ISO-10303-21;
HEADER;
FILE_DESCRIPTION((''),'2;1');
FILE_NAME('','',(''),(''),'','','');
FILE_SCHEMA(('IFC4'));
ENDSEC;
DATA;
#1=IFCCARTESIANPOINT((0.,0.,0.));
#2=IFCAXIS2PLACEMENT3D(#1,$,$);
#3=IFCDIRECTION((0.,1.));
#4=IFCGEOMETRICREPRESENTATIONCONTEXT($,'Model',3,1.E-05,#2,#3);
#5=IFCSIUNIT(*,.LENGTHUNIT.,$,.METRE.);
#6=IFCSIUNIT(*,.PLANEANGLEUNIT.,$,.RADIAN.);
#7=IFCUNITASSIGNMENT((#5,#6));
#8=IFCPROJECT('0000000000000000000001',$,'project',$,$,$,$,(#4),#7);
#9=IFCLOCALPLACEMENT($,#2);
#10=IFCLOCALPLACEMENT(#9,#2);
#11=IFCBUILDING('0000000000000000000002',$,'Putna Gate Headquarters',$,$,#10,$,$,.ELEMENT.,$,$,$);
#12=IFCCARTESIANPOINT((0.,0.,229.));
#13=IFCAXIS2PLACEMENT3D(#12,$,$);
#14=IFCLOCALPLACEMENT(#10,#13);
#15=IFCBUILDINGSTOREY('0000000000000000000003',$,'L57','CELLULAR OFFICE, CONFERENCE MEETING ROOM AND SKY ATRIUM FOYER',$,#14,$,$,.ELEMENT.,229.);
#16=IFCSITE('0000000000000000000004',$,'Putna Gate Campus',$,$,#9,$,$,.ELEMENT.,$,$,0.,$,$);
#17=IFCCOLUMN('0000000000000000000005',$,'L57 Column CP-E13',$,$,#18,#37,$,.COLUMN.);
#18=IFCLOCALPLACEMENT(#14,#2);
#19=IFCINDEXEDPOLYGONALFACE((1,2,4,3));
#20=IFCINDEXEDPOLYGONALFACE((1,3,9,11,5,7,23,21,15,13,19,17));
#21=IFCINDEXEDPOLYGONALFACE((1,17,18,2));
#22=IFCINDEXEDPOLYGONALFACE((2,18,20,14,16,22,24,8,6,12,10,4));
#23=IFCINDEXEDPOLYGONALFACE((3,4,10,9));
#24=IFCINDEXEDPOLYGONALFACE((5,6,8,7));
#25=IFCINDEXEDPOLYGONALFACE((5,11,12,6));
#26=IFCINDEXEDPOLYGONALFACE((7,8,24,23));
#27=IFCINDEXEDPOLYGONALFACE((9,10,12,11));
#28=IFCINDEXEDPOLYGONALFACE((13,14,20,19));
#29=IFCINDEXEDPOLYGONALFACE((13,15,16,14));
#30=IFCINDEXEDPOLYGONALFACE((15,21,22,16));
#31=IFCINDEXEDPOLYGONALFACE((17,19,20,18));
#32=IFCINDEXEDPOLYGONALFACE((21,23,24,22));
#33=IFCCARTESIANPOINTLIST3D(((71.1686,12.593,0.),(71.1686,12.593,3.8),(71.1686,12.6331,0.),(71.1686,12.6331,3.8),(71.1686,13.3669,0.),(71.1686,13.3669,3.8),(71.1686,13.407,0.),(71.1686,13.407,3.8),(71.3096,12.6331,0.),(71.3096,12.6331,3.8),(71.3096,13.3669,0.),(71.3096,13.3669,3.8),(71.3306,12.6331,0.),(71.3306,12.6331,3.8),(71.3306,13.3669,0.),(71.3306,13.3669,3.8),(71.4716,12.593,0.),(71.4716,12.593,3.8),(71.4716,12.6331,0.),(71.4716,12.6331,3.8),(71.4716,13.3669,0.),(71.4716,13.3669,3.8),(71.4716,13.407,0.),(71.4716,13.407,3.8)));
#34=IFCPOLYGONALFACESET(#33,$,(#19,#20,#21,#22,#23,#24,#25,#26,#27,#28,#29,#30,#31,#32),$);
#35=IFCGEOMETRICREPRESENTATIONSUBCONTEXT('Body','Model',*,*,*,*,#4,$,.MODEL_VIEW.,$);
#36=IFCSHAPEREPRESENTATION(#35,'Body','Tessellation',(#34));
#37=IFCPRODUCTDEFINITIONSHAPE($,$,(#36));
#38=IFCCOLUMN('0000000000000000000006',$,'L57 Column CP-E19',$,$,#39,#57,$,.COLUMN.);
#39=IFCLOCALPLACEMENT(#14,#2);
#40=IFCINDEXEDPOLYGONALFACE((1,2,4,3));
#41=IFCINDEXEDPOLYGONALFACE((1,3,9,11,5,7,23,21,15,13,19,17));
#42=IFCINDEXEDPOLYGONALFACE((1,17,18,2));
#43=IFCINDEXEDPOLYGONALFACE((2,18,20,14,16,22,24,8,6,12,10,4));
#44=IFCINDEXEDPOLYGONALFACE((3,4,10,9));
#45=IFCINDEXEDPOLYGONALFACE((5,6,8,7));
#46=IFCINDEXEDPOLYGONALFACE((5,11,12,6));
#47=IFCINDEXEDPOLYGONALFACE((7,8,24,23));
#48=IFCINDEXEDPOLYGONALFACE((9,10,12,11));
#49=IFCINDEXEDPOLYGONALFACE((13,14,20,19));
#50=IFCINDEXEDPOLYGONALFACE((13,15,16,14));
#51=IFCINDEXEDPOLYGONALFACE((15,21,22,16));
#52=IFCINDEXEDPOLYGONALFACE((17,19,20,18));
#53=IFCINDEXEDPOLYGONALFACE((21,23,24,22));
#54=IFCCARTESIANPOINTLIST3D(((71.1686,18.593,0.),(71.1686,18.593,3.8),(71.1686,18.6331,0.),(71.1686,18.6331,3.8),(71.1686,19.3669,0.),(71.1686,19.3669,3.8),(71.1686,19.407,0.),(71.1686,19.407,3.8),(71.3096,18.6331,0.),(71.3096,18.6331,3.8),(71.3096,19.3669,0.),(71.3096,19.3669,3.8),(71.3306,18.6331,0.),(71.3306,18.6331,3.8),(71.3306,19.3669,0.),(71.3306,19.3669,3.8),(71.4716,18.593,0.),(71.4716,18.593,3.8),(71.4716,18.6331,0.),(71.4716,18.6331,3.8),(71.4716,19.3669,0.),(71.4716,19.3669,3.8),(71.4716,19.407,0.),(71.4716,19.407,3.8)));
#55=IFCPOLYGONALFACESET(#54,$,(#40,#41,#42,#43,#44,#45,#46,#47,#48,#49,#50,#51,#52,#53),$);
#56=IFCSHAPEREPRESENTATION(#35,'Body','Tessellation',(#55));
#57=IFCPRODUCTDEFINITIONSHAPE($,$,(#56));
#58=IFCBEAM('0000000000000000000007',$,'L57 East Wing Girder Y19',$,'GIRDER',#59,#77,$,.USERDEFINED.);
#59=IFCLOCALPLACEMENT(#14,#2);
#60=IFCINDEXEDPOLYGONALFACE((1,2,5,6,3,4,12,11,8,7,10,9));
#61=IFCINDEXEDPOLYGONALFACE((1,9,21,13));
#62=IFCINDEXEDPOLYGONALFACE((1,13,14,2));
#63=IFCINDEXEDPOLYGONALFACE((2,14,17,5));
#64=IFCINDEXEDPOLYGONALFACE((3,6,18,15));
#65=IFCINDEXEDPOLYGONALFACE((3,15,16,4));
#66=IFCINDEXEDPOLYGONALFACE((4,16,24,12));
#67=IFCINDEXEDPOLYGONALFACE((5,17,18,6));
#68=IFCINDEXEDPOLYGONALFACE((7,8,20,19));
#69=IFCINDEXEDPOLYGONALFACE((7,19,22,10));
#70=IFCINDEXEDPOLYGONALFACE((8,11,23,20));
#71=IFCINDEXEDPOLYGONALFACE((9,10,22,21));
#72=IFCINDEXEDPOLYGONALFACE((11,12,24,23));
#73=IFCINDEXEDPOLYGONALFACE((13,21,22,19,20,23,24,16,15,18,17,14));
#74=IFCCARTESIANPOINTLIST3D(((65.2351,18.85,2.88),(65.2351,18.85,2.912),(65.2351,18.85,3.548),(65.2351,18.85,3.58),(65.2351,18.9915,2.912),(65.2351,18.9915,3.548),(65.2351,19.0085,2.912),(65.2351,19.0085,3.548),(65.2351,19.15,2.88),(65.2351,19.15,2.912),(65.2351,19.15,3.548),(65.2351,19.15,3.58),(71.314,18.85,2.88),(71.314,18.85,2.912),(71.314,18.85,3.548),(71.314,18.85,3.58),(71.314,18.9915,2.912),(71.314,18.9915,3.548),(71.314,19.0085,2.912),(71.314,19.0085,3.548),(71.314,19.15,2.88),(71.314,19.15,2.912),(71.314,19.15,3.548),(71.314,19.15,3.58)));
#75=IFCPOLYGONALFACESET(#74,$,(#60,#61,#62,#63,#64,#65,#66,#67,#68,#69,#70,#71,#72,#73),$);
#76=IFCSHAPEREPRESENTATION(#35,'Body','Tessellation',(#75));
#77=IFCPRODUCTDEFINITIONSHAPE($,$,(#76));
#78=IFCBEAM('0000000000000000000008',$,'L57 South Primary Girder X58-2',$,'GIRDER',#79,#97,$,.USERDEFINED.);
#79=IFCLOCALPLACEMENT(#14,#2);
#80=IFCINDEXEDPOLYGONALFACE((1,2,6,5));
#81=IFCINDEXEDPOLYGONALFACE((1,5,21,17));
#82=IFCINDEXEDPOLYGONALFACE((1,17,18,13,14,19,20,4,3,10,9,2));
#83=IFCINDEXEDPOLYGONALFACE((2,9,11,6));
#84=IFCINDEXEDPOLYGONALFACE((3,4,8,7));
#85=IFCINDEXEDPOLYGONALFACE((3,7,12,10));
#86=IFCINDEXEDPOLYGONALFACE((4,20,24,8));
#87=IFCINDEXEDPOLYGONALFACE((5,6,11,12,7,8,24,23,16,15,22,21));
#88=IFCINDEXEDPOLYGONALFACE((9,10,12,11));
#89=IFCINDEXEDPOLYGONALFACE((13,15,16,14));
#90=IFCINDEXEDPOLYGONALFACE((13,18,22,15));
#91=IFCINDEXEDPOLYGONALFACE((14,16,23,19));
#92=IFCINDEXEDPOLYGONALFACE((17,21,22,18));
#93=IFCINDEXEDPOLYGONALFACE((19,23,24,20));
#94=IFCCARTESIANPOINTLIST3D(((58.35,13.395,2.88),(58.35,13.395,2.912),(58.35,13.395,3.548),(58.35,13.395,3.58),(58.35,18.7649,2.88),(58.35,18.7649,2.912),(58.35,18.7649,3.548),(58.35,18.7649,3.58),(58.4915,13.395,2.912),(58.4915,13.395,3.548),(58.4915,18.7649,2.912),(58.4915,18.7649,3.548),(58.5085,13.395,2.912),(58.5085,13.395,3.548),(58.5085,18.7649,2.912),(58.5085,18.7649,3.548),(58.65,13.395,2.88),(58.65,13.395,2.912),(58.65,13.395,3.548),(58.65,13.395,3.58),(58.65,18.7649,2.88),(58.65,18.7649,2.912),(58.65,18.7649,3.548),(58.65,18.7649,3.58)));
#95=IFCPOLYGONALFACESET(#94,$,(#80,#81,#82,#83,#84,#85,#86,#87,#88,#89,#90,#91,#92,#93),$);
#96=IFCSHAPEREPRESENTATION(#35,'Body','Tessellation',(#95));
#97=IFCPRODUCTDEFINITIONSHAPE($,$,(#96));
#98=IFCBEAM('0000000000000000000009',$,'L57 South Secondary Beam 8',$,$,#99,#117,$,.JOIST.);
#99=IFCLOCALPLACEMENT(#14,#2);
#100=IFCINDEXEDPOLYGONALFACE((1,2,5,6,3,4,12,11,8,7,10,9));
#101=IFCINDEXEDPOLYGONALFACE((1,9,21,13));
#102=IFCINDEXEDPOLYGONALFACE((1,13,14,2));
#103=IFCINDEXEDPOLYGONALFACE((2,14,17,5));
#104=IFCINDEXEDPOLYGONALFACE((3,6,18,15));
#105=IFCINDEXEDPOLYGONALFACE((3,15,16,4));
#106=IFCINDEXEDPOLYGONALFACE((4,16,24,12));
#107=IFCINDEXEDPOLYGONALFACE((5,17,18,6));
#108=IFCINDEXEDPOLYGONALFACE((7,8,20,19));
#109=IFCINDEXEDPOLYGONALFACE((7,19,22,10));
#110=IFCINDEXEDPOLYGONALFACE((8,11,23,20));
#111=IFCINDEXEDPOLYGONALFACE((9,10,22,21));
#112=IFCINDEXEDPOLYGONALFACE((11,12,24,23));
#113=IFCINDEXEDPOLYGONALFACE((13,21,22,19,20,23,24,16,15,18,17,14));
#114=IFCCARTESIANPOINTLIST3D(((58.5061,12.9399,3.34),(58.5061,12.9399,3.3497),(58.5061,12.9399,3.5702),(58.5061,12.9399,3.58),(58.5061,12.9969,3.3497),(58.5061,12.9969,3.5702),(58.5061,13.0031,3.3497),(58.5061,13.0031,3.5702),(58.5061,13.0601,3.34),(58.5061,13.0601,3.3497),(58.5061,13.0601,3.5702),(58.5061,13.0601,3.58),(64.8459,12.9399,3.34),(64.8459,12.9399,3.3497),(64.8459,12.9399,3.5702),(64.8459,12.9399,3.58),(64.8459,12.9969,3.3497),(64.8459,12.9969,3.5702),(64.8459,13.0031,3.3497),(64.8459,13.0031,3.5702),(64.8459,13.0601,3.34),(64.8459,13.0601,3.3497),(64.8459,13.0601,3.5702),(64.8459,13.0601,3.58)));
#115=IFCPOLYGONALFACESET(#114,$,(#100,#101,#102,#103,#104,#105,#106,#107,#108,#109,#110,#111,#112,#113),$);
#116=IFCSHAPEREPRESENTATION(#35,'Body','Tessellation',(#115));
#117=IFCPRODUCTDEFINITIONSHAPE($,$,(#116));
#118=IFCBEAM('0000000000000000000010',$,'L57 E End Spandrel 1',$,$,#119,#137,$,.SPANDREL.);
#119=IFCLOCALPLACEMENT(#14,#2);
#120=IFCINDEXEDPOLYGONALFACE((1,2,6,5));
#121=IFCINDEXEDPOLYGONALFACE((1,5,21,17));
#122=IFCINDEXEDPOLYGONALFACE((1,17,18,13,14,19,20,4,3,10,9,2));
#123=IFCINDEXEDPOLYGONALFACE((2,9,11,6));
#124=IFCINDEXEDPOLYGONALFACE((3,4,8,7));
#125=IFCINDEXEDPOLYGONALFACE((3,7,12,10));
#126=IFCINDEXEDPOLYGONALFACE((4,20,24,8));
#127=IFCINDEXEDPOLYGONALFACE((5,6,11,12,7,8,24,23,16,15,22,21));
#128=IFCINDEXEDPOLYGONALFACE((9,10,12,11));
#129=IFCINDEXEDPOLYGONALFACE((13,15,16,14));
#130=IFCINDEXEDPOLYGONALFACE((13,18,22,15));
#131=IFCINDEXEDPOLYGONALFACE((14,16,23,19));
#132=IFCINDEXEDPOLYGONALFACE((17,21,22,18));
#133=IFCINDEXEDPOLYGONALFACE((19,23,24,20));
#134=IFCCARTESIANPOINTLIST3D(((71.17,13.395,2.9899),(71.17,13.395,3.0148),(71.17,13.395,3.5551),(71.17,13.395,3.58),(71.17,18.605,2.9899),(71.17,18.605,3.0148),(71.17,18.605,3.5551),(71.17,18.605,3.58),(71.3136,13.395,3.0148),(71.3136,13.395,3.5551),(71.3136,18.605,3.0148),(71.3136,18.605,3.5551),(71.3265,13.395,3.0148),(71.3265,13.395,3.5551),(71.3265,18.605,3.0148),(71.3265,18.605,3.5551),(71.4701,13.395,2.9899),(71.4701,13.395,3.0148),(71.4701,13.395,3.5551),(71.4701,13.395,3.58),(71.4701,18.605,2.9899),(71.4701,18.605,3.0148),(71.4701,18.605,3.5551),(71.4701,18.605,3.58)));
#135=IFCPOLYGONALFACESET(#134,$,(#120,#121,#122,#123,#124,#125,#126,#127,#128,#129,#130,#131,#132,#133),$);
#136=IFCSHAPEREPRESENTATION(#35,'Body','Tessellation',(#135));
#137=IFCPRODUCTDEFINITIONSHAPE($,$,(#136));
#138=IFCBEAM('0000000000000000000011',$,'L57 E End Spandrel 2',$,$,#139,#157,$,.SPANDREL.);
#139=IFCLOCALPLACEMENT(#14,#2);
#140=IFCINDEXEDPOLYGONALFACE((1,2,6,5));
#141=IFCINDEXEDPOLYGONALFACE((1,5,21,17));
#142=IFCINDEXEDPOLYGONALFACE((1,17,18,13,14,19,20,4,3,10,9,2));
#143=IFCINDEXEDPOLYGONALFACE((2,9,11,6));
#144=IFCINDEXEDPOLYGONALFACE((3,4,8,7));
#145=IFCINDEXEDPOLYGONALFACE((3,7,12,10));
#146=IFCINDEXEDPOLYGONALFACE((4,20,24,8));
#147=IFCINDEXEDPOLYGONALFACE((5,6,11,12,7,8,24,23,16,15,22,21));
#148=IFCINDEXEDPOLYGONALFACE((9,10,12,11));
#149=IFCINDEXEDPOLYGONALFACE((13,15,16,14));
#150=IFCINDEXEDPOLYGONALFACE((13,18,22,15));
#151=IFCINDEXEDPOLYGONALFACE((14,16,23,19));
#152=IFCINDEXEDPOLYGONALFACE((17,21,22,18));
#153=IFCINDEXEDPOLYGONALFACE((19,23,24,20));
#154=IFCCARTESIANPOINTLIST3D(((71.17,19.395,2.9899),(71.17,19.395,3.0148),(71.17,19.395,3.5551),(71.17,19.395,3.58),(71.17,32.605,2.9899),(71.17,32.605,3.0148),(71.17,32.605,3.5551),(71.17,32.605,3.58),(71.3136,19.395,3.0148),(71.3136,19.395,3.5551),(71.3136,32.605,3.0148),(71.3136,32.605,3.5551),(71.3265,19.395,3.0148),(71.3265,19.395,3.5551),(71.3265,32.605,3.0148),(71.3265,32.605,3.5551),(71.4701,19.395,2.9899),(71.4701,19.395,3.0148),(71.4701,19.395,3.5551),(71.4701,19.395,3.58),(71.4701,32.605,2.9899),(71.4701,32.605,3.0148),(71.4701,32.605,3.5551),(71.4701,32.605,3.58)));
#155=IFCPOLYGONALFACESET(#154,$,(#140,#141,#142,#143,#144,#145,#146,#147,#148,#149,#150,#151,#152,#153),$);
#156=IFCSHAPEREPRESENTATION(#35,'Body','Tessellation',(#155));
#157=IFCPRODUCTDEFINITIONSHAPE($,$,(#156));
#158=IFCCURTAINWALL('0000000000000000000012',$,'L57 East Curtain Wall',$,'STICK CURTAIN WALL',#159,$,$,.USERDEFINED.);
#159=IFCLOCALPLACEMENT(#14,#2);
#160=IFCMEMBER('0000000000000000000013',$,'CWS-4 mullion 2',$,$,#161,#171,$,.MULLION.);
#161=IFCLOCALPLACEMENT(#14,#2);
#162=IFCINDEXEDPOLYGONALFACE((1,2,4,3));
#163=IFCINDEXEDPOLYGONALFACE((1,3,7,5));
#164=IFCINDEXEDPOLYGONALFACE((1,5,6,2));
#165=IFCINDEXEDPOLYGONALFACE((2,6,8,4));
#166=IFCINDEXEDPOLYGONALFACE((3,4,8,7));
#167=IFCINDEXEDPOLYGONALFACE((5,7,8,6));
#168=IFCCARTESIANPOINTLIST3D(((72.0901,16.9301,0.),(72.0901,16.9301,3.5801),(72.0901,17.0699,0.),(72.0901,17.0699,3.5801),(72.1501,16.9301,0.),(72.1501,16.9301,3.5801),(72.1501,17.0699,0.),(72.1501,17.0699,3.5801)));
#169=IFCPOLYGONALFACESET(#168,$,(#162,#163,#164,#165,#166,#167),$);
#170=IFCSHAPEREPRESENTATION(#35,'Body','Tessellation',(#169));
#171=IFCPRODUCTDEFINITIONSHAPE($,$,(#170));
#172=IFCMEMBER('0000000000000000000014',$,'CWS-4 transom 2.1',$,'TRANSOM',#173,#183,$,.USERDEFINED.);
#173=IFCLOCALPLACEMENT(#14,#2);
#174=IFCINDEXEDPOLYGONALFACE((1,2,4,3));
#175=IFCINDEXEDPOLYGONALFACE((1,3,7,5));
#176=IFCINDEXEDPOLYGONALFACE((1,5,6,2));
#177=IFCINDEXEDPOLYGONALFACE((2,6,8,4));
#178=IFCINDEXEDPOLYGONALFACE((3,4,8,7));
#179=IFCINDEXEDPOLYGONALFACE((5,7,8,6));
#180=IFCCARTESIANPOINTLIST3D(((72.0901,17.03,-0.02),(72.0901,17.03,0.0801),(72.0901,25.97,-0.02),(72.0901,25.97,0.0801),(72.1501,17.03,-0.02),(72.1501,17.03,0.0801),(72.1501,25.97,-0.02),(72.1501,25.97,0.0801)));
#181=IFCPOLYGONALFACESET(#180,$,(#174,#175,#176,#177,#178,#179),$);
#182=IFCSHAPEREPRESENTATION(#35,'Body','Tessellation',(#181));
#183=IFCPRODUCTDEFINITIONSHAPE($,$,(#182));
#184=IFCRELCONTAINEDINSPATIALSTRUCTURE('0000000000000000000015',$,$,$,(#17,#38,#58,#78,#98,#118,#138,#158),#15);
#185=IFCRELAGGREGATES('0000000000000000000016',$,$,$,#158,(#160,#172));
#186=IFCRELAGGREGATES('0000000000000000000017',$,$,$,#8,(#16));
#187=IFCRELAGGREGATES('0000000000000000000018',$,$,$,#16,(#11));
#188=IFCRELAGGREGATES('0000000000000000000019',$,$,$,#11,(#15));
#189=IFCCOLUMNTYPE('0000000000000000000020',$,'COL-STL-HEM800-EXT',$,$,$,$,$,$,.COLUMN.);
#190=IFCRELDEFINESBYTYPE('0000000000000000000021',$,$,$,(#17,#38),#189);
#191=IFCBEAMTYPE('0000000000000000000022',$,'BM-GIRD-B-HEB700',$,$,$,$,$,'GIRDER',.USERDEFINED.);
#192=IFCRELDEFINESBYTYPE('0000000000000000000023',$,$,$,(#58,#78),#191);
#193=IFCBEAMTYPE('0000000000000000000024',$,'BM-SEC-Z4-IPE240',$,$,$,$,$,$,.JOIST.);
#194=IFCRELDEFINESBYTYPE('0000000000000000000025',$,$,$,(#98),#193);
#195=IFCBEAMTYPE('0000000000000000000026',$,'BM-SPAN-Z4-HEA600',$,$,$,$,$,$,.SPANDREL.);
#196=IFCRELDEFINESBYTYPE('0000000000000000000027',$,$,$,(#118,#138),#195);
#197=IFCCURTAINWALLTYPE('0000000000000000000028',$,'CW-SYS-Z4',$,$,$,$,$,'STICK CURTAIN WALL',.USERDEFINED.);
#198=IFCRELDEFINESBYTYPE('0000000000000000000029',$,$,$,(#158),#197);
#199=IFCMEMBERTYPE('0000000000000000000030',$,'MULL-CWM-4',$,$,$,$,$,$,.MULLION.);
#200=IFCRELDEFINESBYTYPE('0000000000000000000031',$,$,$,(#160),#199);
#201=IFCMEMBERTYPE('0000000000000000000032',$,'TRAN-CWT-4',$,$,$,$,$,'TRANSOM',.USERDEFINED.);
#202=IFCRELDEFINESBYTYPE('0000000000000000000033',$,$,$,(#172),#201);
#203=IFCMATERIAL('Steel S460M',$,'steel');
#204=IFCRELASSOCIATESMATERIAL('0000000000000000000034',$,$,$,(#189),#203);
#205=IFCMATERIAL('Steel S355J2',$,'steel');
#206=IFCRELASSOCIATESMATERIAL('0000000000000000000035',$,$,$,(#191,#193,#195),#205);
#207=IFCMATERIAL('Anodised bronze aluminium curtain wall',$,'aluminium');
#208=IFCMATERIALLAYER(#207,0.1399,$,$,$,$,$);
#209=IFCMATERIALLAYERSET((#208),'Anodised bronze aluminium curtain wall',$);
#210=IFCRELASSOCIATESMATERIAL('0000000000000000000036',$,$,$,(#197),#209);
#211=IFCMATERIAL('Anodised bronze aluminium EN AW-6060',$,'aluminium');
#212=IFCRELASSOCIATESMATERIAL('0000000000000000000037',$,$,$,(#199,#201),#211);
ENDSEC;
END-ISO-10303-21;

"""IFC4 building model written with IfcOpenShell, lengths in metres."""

from ifc_helpers import new_model, si_unit, direction, frame, origin, origin_2d, place, context, subcontext, project, spatial, rectangle, i_section, extrude, material, layer, layer_set, material_profile, profile_set, type_object, element, aggregate, save


model = new_model("IFC4")

# Units and contexts
model_context = context("Model", 3, precision=1e-05, world=origin(), true_north=direction((0.0, 1.0)))
body_context = subcontext(model_context, "Body", "Model", "MODEL_VIEW")
ifc_project = project(units=[si_unit("LENGTHUNIT", "METRE"), si_unit("PLANEANGLEUNIT", "RADIAN")], contexts=[model_context])

# Site, building, storey
site_placement = place(None, origin())
site = spatial("IfcSite", under=ifc_project, at=site_placement, Name="Putna Gate Campus", CompositionType="ELEMENT", RefElevation=0.0)
building_placement = place(site_placement, origin())
building = spatial("IfcBuilding", under=site, at=building_placement, Name="Putna Gate Headquarters", CompositionType="ELEMENT")
storey_placement = place(building_placement, frame((0.0, 0.0, 229.0)))
storey = spatial("IfcBuildingStorey", under=building, at=storey_placement, Name="L57", Description="CELLULAR OFFICE, CONFERENCE MEETING ROOM AND SKY ATRIUM FOYER", CompositionType="ELEMENT", Elevation=229.0)

# Columns
ifc_material_1 = material(Name="Steel S460M", Category="steel")
ifc_material_profile_1 = material_profile(ifc_material_1, i_section(OverallWidth=0.303, OverallDepth=0.814, WebThickness=0.021, FlangeThickness=0.04, at=origin_2d()), Name="Steel S460M")
ifc_profile_set_1 = profile_set([ifc_material_profile_1], Name="Steel S460M")
column_type = type_object("IfcColumnType", Name="COL-STL-HEM800-EXT", PredefinedType="COLUMN", material=ifc_profile_set_1)
for number, where, z_axis, x_axis, name in (
    (1, (71.3201, 13.0, 0.0), (0.0, 0.0, 1.0), (1.0, 0.0, 0.0), "L57 Column CP-E13"),
    (2, (71.3201, 19.0, 0.0), (0.0, 0.0, 1.0), (1.0, 0.0, 0.0), "L57 Column CP-E19"),
):
    element("IfcColumn", number, at=place(storey_placement, frame(where, z_axis=z_axis, x_axis=x_axis)), inside=storey, type_object=column_type, Name=name, PredefinedType="COLUMN", context=body_context, shape_type="SweptSolid", body=[
        extrude(i_section(OverallWidth=0.303, OverallDepth=0.814, WebThickness=0.021, FlangeThickness=0.04, at=origin_2d()), origin(), (0.0, 0.0, 1.0), 3.8),
    ])

# Beams
ifc_material_2 = material(Name="Steel S355J2", Category="steel")
ifc_material_profile_2 = material_profile(ifc_material_2, i_section(OverallWidth=0.3, OverallDepth=0.7, WebThickness=0.0171, FlangeThickness=0.032, at=origin_2d()), Name="Steel S355J2")
ifc_profile_set_2 = profile_set([ifc_material_profile_2], Name="Steel S355J2")
beam_type_1 = type_object("IfcBeamType", Name="BM-GIRD-B-HEB700", ElementType="GIRDER", PredefinedType="USERDEFINED", material=ifc_profile_set_2)
beam_1_placement = place(storey_placement, frame((65.2351, 19.0, 3.23), z_axis=(1.0, 0.0, 0.0), x_axis=(0.0, 1.0, 0.0)))
element("IfcBeam", 3, at=beam_1_placement, inside=storey, type_object=beam_type_1, Name="L57 East Wing Girder Y19", ObjectType="GIRDER", PredefinedType="USERDEFINED", context=body_context, shape_type="SweptSolid", body=[
    extrude(i_section(OverallWidth=0.3, OverallDepth=0.7, WebThickness=0.0171, FlangeThickness=0.032, at=origin_2d()), origin(), (0.0, 0.0, 1.0), 6.0789),
])
beam_2_placement = place(storey_placement, frame((58.5, 13.395, 3.23), z_axis=(0.0, 1.0, 0.0), x_axis=(-1.0, 0.0, 0.0)))
element("IfcBeam", 4, at=beam_2_placement, inside=storey, type_object=beam_type_1, Name="L57 South Primary Girder X58-2", ObjectType="GIRDER", PredefinedType="USERDEFINED", context=body_context, shape_type="SweptSolid", body=[
    extrude(i_section(OverallWidth=0.3, OverallDepth=0.7, WebThickness=0.0171, FlangeThickness=0.032, at=origin_2d()), origin(), (0.0, 0.0, 1.0), 5.3699),
])
ifc_material_profile_3 = material_profile(ifc_material_2, i_section(OverallWidth=0.1201, OverallDepth=0.24, WebThickness=0.0061, FlangeThickness=0.0098, at=origin_2d()), Name="Steel S355J2")
ifc_profile_set_3 = profile_set([ifc_material_profile_3], Name="Steel S355J2")
beam_type_2 = type_object("IfcBeamType", Name="BM-SEC-Z4-IPE240", PredefinedType="JOIST", material=ifc_profile_set_3)
beam_3_placement = place(storey_placement, frame((58.5061, 13.0, 3.46), z_axis=(1.0, 0.0, 0.0), x_axis=(0.0, 1.0, 0.0)))
element("IfcBeam", 5, at=beam_3_placement, inside=storey, type_object=beam_type_2, Name="L57 South Secondary Beam 8", PredefinedType="JOIST", context=body_context, shape_type="SweptSolid", body=[
    extrude(i_section(OverallWidth=0.1201, OverallDepth=0.24, WebThickness=0.0061, FlangeThickness=0.0098, at=origin_2d()), origin(), (0.0, 0.0, 1.0), 6.3398),
])
ifc_material_profile_4 = material_profile(ifc_material_2, i_section(OverallWidth=0.3, OverallDepth=0.5901, WebThickness=0.0129, FlangeThickness=0.0249, at=origin_2d()), Name="Steel S355J2")
ifc_profile_set_4 = profile_set([ifc_material_profile_4], Name="Steel S355J2")
beam_type_3 = type_object("IfcBeamType", Name="BM-SPAN-Z4-HEA600", PredefinedType="SPANDREL", material=ifc_profile_set_4)
beam_4_placement = place(storey_placement, frame((71.3201, 13.395, 3.2849), z_axis=(0.0, 1.0, 0.0), x_axis=(-1.0, 0.0, 0.0)))
element("IfcBeam", 6, at=beam_4_placement, inside=storey, type_object=beam_type_3, Name="L57 E End Spandrel 1", PredefinedType="SPANDREL", context=body_context, shape_type="SweptSolid", body=[
    extrude(i_section(OverallWidth=0.3, OverallDepth=0.5901, WebThickness=0.0129, FlangeThickness=0.0249, at=origin_2d()), origin(), (0.0, 0.0, 1.0), 5.21),
])
beam_5_placement = place(storey_placement, frame((71.3201, 19.395, 3.2849), z_axis=(0.0, 1.0, 0.0), x_axis=(-1.0, 0.0, 0.0)))
element("IfcBeam", 7, at=beam_5_placement, inside=storey, type_object=beam_type_3, Name="L57 E End Spandrel 2", PredefinedType="SPANDREL", context=body_context, shape_type="SweptSolid", body=[
    extrude(i_section(OverallWidth=0.3, OverallDepth=0.5901, WebThickness=0.0129, FlangeThickness=0.0249, at=origin_2d()), origin(), (0.0, 0.0, 1.0), 13.21),
])

# Curtain wall, members
ifc_material_3 = material(Name="Anodised bronze aluminium curtain wall", Category="aluminium")
ifc_layer_1 = layer(ifc_material_3, 0.1399)
ifc_layer_set_1 = layer_set([ifc_layer_1], Name="Anodised bronze aluminium curtain wall")
curtain_wall_type = type_object("IfcCurtainWallType", Name="CW-SYS-Z4", ElementType="STICK CURTAIN WALL", PredefinedType="USERDEFINED", material=ifc_layer_set_1)
curtain_wall_placement = place(storey_placement, origin())
curtain_wall = element("IfcCurtainWall", 8, at=curtain_wall_placement, inside=storey, type_object=curtain_wall_type, Name="L57 East Curtain Wall", ObjectType="STICK CURTAIN WALL", PredefinedType="USERDEFINED")
ifc_material_4 = material(Name="Anodised bronze aluminium EN AW-6060", Category="aluminium")
ifc_material_profile_5 = material_profile(ifc_material_4, rectangle(XDim=0.0601, YDim=0.1399, at=origin_2d()), Name="Anodised bronze aluminium EN AW-6060")
ifc_profile_set_5 = profile_set([ifc_material_profile_5], Name="Anodised bronze aluminium EN AW-6060")
member_type_1 = type_object("IfcMemberType", Name="MULL-CWM-4", PredefinedType="MULLION", material=ifc_profile_set_5)
member_1_placement = place(storey_placement, frame((72.1201, 17.0, 0.0), z_axis=(0.0, 0.0, 1.0), x_axis=(-1.0, 0.0, 0.0)))
member_1 = element("IfcMember", 9, at=member_1_placement, type_object=member_type_1, Name="CWS-4 mullion 2", PredefinedType="MULLION", context=body_context, shape_type="SweptSolid", body=[
    extrude(rectangle(XDim=0.0601, YDim=0.1399, at=origin_2d()), origin(), (0.0, 0.0, 1.0), 3.5801),
])
ifc_material_profile_6 = material_profile(ifc_material_4, rectangle(XDim=0.0601, YDim=0.1001, at=origin_2d()), Name="Anodised bronze aluminium EN AW-6060")
ifc_profile_set_6 = profile_set([ifc_material_profile_6], Name="Anodised bronze aluminium EN AW-6060")
member_type_2 = type_object("IfcMemberType", Name="TRAN-CWT-4", ElementType="TRANSOM", PredefinedType="USERDEFINED", material=ifc_profile_set_6)
member_2_placement = place(storey_placement, frame((72.1201, 17.03, 0.03), z_axis=(0.0, 1.0, 0.0), x_axis=(-1.0, 0.0, 0.0)))
member_2 = element("IfcMember", 10, at=member_2_placement, type_object=member_type_2, Name="CWS-4 transom 2.1", ObjectType="TRANSOM", PredefinedType="USERDEFINED", context=body_context, shape_type="SweptSolid", body=[
    extrude(rectangle(XDim=0.0601, YDim=0.1001, at=origin_2d()), origin(), (0.0, 0.0, 1.0), 8.9399),
])
aggregate(curtain_wall, [member_1, member_2])

save(model, "model.ifc")
